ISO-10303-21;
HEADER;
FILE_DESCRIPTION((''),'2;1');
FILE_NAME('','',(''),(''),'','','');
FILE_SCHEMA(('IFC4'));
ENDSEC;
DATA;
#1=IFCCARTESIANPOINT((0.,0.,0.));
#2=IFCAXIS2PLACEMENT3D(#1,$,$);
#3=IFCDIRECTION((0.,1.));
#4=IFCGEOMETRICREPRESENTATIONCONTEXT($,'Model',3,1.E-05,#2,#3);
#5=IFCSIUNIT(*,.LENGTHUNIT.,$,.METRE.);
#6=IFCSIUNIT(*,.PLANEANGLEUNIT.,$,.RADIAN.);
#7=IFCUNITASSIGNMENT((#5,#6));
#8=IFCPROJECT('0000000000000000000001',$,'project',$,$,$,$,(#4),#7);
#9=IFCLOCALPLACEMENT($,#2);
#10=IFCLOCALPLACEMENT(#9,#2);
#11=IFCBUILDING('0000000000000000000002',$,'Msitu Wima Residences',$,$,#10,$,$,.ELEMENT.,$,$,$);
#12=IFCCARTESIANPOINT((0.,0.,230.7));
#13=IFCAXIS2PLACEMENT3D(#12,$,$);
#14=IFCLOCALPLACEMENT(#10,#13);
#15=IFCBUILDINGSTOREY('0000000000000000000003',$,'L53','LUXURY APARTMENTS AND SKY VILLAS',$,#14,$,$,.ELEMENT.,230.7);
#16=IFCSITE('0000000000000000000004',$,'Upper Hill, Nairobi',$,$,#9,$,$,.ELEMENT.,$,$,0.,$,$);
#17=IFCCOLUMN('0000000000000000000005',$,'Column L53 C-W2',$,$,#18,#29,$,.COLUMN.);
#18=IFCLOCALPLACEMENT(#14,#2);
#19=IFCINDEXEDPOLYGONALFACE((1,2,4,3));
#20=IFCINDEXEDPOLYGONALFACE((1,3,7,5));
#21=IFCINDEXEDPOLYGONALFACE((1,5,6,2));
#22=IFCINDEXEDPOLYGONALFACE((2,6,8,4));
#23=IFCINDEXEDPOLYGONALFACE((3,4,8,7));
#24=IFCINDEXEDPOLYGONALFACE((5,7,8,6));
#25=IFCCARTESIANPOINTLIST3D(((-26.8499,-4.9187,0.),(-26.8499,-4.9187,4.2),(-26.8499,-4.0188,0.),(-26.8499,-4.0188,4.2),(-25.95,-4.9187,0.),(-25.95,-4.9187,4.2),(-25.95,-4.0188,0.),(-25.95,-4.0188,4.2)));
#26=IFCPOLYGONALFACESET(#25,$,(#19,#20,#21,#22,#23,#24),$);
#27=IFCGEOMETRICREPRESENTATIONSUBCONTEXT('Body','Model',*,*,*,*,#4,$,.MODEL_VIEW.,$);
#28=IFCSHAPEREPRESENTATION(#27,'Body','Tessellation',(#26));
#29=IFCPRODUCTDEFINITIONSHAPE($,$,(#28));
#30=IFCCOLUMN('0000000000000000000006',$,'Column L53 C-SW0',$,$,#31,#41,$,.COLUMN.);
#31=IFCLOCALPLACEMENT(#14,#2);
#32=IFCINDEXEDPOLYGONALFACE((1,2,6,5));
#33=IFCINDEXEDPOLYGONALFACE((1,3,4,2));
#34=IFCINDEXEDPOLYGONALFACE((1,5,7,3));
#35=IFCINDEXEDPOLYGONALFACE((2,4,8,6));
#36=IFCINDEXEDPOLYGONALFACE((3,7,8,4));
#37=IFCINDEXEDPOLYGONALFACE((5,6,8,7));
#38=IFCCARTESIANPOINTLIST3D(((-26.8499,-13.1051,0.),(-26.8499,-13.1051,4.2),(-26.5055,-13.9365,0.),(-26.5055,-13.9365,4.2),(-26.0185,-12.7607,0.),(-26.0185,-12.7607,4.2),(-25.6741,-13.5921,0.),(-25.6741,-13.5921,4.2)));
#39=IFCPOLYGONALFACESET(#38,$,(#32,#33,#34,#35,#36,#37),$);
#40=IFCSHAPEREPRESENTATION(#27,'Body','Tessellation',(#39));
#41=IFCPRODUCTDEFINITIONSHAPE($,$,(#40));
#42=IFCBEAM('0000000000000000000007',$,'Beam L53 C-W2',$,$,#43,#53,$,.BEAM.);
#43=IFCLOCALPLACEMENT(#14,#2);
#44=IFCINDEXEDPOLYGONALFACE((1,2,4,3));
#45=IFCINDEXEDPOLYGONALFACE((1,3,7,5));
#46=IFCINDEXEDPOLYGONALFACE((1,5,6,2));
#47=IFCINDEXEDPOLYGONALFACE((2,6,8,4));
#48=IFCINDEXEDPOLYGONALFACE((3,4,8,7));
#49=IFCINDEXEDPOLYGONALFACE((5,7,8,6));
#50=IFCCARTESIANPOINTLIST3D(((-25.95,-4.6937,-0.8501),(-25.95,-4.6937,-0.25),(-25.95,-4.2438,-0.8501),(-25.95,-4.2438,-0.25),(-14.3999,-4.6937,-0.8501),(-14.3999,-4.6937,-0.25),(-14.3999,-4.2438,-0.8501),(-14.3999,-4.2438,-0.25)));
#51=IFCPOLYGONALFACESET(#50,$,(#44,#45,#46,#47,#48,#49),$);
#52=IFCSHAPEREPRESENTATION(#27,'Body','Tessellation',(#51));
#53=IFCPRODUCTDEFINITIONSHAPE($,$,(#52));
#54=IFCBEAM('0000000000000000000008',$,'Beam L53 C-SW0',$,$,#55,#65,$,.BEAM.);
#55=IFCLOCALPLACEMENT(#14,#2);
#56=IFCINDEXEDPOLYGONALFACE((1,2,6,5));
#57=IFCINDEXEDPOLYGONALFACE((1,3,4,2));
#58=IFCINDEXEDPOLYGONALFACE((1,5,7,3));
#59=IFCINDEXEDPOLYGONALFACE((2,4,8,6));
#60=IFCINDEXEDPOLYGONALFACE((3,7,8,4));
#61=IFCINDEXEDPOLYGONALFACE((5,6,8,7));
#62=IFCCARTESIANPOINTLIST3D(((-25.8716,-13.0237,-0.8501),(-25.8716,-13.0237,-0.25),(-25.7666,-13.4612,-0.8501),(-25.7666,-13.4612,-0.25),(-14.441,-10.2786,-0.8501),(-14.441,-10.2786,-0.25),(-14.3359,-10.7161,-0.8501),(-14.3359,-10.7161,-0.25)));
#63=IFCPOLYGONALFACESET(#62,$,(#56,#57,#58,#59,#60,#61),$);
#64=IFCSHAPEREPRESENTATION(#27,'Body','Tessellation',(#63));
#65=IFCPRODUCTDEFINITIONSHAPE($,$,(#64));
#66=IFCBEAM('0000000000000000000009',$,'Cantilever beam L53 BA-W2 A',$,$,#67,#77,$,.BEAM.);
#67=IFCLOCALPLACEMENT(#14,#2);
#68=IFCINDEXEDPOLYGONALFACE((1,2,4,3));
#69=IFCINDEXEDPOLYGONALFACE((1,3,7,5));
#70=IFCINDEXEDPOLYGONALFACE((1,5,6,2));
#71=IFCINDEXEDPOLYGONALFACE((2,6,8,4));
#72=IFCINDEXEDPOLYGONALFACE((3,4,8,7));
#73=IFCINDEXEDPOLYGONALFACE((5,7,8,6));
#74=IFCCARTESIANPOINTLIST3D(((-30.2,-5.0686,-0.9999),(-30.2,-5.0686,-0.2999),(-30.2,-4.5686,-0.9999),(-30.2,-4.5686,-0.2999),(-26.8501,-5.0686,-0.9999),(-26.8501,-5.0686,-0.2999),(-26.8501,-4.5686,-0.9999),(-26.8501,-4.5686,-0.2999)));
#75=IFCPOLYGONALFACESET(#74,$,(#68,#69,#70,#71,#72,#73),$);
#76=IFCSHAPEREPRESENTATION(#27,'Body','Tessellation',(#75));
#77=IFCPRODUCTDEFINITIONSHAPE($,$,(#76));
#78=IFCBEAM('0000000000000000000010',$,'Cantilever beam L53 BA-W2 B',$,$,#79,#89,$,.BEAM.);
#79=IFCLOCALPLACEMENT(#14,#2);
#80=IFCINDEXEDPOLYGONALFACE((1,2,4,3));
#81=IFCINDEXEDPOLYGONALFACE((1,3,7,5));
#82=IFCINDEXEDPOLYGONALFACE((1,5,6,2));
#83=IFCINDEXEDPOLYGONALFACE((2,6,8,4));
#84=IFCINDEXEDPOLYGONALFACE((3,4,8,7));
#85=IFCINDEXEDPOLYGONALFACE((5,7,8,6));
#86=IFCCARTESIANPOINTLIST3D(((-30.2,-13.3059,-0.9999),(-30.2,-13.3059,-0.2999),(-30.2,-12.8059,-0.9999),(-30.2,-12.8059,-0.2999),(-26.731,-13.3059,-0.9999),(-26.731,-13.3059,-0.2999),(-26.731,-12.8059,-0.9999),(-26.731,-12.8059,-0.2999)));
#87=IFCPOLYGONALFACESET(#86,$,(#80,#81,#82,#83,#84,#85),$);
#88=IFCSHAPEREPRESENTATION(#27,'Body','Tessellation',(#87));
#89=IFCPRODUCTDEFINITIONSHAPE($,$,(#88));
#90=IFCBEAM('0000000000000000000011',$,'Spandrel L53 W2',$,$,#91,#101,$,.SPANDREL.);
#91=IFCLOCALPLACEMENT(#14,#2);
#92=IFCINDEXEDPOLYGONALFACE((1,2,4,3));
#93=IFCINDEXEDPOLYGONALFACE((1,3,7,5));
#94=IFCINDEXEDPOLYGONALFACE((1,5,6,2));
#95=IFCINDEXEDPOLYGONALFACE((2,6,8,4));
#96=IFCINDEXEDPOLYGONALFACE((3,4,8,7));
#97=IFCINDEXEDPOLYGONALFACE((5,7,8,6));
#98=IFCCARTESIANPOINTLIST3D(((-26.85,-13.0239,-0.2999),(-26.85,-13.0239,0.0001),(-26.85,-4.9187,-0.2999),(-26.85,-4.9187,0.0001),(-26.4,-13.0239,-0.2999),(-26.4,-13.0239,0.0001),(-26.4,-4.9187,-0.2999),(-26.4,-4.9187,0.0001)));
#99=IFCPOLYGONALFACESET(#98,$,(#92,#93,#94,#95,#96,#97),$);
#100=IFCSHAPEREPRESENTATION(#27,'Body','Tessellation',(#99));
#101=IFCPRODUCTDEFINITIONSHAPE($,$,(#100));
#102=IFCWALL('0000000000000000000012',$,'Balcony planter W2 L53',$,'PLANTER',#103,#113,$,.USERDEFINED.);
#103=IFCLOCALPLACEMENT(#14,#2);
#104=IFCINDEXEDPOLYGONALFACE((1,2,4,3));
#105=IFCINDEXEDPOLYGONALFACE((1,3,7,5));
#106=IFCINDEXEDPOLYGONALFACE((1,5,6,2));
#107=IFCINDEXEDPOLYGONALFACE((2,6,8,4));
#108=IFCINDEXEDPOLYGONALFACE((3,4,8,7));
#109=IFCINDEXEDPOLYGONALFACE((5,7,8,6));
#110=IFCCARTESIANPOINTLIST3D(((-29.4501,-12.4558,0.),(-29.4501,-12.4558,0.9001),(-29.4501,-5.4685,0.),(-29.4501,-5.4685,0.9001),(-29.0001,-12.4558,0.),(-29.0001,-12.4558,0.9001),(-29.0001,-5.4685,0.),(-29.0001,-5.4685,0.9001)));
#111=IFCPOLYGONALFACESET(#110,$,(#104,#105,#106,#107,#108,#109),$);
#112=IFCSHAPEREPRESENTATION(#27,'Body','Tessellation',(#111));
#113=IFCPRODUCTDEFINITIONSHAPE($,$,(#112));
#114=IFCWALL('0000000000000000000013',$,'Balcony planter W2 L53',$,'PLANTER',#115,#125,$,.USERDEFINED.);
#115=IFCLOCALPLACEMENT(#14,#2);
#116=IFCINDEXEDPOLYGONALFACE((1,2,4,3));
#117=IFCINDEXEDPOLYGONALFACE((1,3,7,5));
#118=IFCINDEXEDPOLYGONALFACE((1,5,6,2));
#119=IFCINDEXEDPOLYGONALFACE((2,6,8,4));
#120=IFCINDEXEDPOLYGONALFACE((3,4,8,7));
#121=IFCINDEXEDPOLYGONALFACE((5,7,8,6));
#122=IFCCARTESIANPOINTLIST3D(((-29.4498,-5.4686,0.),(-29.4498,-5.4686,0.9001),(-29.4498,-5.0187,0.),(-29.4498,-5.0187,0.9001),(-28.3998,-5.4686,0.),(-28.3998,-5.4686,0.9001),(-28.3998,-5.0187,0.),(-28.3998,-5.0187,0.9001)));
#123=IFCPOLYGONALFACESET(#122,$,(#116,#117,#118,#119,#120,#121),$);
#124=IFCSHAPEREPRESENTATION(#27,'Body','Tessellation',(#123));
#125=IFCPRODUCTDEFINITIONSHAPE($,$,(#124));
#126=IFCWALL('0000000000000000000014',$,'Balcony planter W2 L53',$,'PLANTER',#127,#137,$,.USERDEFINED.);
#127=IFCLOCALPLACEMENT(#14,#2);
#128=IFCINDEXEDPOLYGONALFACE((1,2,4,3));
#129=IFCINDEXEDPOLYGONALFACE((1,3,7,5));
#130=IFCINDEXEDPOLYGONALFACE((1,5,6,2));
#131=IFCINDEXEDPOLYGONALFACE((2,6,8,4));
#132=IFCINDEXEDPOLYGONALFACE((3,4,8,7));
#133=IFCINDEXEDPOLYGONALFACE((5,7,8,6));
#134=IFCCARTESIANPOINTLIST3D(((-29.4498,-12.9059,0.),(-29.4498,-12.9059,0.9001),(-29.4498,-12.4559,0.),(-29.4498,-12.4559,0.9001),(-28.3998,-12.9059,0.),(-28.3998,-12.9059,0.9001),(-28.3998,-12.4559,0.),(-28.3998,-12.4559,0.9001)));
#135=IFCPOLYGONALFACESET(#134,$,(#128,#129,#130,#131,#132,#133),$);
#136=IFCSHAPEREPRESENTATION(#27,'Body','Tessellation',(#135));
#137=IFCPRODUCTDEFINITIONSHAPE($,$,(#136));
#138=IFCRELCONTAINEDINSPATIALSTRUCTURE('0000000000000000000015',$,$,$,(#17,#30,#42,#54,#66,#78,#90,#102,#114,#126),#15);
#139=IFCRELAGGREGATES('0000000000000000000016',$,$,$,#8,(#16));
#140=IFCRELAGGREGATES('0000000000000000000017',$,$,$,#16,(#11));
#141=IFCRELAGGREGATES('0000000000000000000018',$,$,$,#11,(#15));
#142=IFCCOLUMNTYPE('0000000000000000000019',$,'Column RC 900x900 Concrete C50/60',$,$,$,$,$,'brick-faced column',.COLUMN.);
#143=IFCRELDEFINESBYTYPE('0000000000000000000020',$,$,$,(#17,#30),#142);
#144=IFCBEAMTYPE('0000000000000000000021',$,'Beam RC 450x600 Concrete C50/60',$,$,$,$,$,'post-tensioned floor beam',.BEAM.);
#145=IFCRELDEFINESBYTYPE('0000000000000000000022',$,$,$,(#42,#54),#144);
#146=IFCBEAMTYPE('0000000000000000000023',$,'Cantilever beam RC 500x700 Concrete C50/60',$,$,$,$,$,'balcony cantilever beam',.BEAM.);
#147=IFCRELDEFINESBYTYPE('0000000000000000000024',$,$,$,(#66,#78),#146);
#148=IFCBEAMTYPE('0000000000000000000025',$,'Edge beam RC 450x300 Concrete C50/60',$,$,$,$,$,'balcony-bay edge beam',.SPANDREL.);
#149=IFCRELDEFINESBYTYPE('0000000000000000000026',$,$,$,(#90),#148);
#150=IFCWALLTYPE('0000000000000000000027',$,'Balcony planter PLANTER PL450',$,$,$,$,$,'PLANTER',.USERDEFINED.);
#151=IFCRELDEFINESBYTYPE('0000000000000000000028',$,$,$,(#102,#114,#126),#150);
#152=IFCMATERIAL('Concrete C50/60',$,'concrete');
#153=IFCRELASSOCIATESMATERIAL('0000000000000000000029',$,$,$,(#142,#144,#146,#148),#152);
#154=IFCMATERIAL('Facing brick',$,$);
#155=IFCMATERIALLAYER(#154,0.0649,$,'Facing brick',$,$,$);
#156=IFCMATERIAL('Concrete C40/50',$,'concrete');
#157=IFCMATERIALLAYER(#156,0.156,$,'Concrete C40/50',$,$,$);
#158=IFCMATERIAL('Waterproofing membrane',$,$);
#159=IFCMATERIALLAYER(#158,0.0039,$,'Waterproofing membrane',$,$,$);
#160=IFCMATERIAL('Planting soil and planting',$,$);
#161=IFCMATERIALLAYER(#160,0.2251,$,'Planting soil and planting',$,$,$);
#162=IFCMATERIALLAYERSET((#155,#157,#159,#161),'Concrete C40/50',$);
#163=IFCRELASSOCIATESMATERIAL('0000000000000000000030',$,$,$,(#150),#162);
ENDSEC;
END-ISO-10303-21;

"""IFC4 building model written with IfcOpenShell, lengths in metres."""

from ifc_helpers import new_model, si_unit, direction, frame, frame_2d, origin, origin_2d, place, context, subcontext, project, spatial, rectangle, extrude, material, layer, layer_set, material_profile, profile_set, type_object, element, save


model = new_model("IFC4")

# Units and contexts
model_context = context("Model", 3, precision=1e-05, world=origin(), true_north=direction((0.0, 1.0)))
body_context = subcontext(model_context, "Body", "Model", "MODEL_VIEW")
ifc_project = project(units=[si_unit("LENGTHUNIT", "METRE"), si_unit("PLANEANGLEUNIT", "RADIAN")], contexts=[model_context])

# Site, building, storey
site_placement = place(None, origin())
site = spatial("IfcSite", under=ifc_project, at=site_placement, Name="Upper Hill, Nairobi", CompositionType="ELEMENT", RefElevation=0.0)
building_placement = place(site_placement, origin())
building = spatial("IfcBuilding", under=site, at=building_placement, Name="Msitu Wima Residences", CompositionType="ELEMENT")
storey_placement = place(building_placement, frame((0.0, 0.0, 230.7)))
storey = spatial("IfcBuildingStorey", under=building, at=storey_placement, Name="L53", Description="LUXURY APARTMENTS AND SKY VILLAS", CompositionType="ELEMENT", Elevation=230.7)

# Columns
ifc_material_1 = material(Name="Concrete C50/60", Category="concrete")
ifc_material_profile_1 = material_profile(ifc_material_1, rectangle(XDim=0.8999, YDim=0.8999, at=origin_2d()), Name="RC 900x900")
ifc_profile_set_1 = profile_set([ifc_material_profile_1], Name="Concrete C50/60")
column_type = type_object("IfcColumnType", Name="Column RC 900x900 Concrete C50/60", ElementType="brick-faced column", PredefinedType="COLUMN", material=ifc_profile_set_1)
for number, where, z_axis, x_axis, name in (
    (1, (-26.3999, -4.4688, 0.0), (0.0, 0.0, 1.0), (0.0, -1.0, 0.0), "Column L53 C-W2"),
    (2, (-26.262, -13.3486, 0.0), (0.0, 0.0, 1.0), (0.382683, -0.92388, 0.0), "Column L53 C-SW0"),
):
    element("IfcColumn", number, at=place(storey_placement, frame(where, z_axis=z_axis, x_axis=x_axis)), inside=storey, type_object=column_type, Name=name, PredefinedType="COLUMN", context=body_context, shape_type="SweptSolid", body=[
        extrude(rectangle(XDim=0.8999, YDim=0.8999, at=origin_2d()), origin(), (0.0, 0.0, 1.0), 4.2),
    ])

# Beams
ifc_material_profile_2 = material_profile(ifc_material_1, rectangle(XDim=0.45, YDim=0.6001, at=origin_2d()), Name="RC 450x600")
ifc_profile_set_2 = profile_set([ifc_material_profile_2], Name="Concrete C50/60")
beam_type_1 = type_object("IfcBeamType", Name="Beam RC 450x600 Concrete C50/60", ElementType="post-tensioned floor beam", PredefinedType="BEAM", material=ifc_profile_set_2)
beam_1_placement = place(storey_placement, frame((-25.95, -4.4688, -0.55), z_axis=(1.0, 0.0, 0.0), x_axis=(0.0, 1.0, 0.0)))
element("IfcBeam", 3, at=beam_1_placement, inside=storey, type_object=beam_type_1, Name="Beam L53 C-W2", PredefinedType="BEAM", context=body_context, shape_type="SweptSolid", body=[
    extrude(rectangle(XDim=0.45, YDim=0.6001, at=origin_2d()), origin(), (0.0, 0.0, 1.0), 11.55),
])
beam_2_placement = place(storey_placement, frame((-25.8191, -13.2424, -0.55), z_axis=(0.972353, 0.233514, 0.0), x_axis=(-0.233514, 0.972353, 0.0)))
element("IfcBeam", 4, at=beam_2_placement, inside=storey, type_object=beam_type_1, Name="Beam L53 C-SW0", PredefinedType="BEAM", context=body_context, shape_type="SweptSolid", body=[
    extrude(rectangle(XDim=0.45, YDim=0.6001, at=origin_2d()), origin(), (0.0, 0.0, 1.0), 11.7556),
])
ifc_material_profile_3 = material_profile(ifc_material_1, rectangle(XDim=0.5, YDim=0.7, at=origin_2d()), Name="RC 500x700")
ifc_profile_set_3 = profile_set([ifc_material_profile_3], Name="Concrete C50/60")
beam_type_2 = type_object("IfcBeamType", Name="Cantilever beam RC 500x700 Concrete C50/60", ElementType="balcony cantilever beam", PredefinedType="BEAM", material=ifc_profile_set_3)
beam_3_placement = place(storey_placement, frame((-26.8501, -4.8186, -0.6499), z_axis=(-1.0, 0.0, 0.0), x_axis=(0.0, -1.0, 0.0)))
element("IfcBeam", 5, at=beam_3_placement, inside=storey, type_object=beam_type_2, Name="Cantilever beam L53 BA-W2 A", PredefinedType="BEAM", context=body_context, shape_type="SweptSolid", body=[
    extrude(rectangle(XDim=0.5, YDim=0.7, at=origin_2d()), origin(), (0.0, 0.0, 1.0), 3.3499),
])
beam_4_placement = place(storey_placement, frame((-26.731, -13.0559, -0.6499), z_axis=(-1.0, 0.0, 0.0), x_axis=(0.0, -1.0, 0.0)))
element("IfcBeam", 6, at=beam_4_placement, inside=storey, type_object=beam_type_2, Name="Cantilever beam L53 BA-W2 B", PredefinedType="BEAM", context=body_context, shape_type="SweptSolid", body=[
    extrude(rectangle(XDim=0.5, YDim=0.7, at=origin_2d()), origin(), (0.0, 0.0, 1.0), 3.469),
])
ifc_material_profile_4 = material_profile(ifc_material_1, rectangle(XDim=0.45, YDim=0.3, at=origin_2d()), Name="RC 450x300")
ifc_profile_set_4 = profile_set([ifc_material_profile_4], Name="Concrete C50/60")
beam_type_3 = type_object("IfcBeamType", Name="Edge beam RC 450x300 Concrete C50/60", ElementType="balcony-bay edge beam", PredefinedType="SPANDREL", material=ifc_profile_set_4)
beam_5_placement = place(storey_placement, frame((-26.625, -4.9187, -0.1499), z_axis=(0.0, -1.0, 0.0), x_axis=(1.0, 0.0, 0.0)))
element("IfcBeam", 7, at=beam_5_placement, inside=storey, type_object=beam_type_3, Name="Spandrel L53 W2", PredefinedType="SPANDREL", context=body_context, shape_type="SweptSolid", body=[
    extrude(rectangle(XDim=0.45, YDim=0.3, at=origin_2d()), origin(), (0.0, 0.0, 1.0), 8.1052),
])

# Walls
ifc_material_2 = material(Name="Facing brick")
ifc_layer_1 = layer(ifc_material_2, 0.0649, Name="Facing brick")
ifc_material_3 = material(Name="Concrete C40/50", Category="concrete")
ifc_layer_2 = layer(ifc_material_3, 0.156, Name="Concrete C40/50")
ifc_material_4 = material(Name="Waterproofing membrane")
ifc_layer_3 = layer(ifc_material_4, 0.0039, Name="Waterproofing membrane")
ifc_material_5 = material(Name="Planting soil and planting")
ifc_layer_4 = layer(ifc_material_5, 0.2251, Name="Planting soil and planting")
ifc_layer_set_1 = layer_set([ifc_layer_1, ifc_layer_2, ifc_layer_3, ifc_layer_4], Name="Concrete C40/50")
wall_type_1 = type_object("IfcWallType", Name="Balcony planter PLANTER PL450", ElementType="PLANTER", PredefinedType="USERDEFINED", material=ifc_layer_set_1)
wall_1_placement = place(storey_placement, frame((-29.2251, -5.4685, 0.0), z_axis=(0.0, 0.0, 1.0), x_axis=(0.0, -1.0, 0.0)))
element("IfcWall", 8, at=wall_1_placement, inside=storey, type_object=wall_type_1, Name="Balcony planter W2 L53", ObjectType="PLANTER", PredefinedType="USERDEFINED", context=body_context, shape_type="SweptSolid", body=[
    extrude(rectangle(XDim=6.9873, YDim=0.45, at=frame_2d((3.4937, 0.0))), origin(), (0.0, 0.0, 1.0), 0.9001),
])
for number, where, z_axis, x_axis, name in (
    (9, (-28.3999, -5.2437, 0.0), (0.0, 0.0, 1.0), (-1.0, 0.0, 0.0), "Balcony planter W2 L53"),
    (10, (-28.3999, -12.6809, 0.0), (0.0, 0.0, 1.0), (-1.0, 0.0, 0.0), "Balcony planter W2 L53"),
):
    element("IfcWall", number, at=place(storey_placement, frame(where, z_axis=z_axis, x_axis=x_axis)), inside=storey, type_object=wall_type_1, Name=name, ObjectType="PLANTER", PredefinedType="USERDEFINED", context=body_context, shape_type="SweptSolid", body=[
        extrude(rectangle(XDim=1.05, YDim=0.45, at=frame_2d((0.5249, 0.0))), origin(), (0.0, 0.0, 1.0), 0.9001),
    ])

save(model, "model.ifc")
